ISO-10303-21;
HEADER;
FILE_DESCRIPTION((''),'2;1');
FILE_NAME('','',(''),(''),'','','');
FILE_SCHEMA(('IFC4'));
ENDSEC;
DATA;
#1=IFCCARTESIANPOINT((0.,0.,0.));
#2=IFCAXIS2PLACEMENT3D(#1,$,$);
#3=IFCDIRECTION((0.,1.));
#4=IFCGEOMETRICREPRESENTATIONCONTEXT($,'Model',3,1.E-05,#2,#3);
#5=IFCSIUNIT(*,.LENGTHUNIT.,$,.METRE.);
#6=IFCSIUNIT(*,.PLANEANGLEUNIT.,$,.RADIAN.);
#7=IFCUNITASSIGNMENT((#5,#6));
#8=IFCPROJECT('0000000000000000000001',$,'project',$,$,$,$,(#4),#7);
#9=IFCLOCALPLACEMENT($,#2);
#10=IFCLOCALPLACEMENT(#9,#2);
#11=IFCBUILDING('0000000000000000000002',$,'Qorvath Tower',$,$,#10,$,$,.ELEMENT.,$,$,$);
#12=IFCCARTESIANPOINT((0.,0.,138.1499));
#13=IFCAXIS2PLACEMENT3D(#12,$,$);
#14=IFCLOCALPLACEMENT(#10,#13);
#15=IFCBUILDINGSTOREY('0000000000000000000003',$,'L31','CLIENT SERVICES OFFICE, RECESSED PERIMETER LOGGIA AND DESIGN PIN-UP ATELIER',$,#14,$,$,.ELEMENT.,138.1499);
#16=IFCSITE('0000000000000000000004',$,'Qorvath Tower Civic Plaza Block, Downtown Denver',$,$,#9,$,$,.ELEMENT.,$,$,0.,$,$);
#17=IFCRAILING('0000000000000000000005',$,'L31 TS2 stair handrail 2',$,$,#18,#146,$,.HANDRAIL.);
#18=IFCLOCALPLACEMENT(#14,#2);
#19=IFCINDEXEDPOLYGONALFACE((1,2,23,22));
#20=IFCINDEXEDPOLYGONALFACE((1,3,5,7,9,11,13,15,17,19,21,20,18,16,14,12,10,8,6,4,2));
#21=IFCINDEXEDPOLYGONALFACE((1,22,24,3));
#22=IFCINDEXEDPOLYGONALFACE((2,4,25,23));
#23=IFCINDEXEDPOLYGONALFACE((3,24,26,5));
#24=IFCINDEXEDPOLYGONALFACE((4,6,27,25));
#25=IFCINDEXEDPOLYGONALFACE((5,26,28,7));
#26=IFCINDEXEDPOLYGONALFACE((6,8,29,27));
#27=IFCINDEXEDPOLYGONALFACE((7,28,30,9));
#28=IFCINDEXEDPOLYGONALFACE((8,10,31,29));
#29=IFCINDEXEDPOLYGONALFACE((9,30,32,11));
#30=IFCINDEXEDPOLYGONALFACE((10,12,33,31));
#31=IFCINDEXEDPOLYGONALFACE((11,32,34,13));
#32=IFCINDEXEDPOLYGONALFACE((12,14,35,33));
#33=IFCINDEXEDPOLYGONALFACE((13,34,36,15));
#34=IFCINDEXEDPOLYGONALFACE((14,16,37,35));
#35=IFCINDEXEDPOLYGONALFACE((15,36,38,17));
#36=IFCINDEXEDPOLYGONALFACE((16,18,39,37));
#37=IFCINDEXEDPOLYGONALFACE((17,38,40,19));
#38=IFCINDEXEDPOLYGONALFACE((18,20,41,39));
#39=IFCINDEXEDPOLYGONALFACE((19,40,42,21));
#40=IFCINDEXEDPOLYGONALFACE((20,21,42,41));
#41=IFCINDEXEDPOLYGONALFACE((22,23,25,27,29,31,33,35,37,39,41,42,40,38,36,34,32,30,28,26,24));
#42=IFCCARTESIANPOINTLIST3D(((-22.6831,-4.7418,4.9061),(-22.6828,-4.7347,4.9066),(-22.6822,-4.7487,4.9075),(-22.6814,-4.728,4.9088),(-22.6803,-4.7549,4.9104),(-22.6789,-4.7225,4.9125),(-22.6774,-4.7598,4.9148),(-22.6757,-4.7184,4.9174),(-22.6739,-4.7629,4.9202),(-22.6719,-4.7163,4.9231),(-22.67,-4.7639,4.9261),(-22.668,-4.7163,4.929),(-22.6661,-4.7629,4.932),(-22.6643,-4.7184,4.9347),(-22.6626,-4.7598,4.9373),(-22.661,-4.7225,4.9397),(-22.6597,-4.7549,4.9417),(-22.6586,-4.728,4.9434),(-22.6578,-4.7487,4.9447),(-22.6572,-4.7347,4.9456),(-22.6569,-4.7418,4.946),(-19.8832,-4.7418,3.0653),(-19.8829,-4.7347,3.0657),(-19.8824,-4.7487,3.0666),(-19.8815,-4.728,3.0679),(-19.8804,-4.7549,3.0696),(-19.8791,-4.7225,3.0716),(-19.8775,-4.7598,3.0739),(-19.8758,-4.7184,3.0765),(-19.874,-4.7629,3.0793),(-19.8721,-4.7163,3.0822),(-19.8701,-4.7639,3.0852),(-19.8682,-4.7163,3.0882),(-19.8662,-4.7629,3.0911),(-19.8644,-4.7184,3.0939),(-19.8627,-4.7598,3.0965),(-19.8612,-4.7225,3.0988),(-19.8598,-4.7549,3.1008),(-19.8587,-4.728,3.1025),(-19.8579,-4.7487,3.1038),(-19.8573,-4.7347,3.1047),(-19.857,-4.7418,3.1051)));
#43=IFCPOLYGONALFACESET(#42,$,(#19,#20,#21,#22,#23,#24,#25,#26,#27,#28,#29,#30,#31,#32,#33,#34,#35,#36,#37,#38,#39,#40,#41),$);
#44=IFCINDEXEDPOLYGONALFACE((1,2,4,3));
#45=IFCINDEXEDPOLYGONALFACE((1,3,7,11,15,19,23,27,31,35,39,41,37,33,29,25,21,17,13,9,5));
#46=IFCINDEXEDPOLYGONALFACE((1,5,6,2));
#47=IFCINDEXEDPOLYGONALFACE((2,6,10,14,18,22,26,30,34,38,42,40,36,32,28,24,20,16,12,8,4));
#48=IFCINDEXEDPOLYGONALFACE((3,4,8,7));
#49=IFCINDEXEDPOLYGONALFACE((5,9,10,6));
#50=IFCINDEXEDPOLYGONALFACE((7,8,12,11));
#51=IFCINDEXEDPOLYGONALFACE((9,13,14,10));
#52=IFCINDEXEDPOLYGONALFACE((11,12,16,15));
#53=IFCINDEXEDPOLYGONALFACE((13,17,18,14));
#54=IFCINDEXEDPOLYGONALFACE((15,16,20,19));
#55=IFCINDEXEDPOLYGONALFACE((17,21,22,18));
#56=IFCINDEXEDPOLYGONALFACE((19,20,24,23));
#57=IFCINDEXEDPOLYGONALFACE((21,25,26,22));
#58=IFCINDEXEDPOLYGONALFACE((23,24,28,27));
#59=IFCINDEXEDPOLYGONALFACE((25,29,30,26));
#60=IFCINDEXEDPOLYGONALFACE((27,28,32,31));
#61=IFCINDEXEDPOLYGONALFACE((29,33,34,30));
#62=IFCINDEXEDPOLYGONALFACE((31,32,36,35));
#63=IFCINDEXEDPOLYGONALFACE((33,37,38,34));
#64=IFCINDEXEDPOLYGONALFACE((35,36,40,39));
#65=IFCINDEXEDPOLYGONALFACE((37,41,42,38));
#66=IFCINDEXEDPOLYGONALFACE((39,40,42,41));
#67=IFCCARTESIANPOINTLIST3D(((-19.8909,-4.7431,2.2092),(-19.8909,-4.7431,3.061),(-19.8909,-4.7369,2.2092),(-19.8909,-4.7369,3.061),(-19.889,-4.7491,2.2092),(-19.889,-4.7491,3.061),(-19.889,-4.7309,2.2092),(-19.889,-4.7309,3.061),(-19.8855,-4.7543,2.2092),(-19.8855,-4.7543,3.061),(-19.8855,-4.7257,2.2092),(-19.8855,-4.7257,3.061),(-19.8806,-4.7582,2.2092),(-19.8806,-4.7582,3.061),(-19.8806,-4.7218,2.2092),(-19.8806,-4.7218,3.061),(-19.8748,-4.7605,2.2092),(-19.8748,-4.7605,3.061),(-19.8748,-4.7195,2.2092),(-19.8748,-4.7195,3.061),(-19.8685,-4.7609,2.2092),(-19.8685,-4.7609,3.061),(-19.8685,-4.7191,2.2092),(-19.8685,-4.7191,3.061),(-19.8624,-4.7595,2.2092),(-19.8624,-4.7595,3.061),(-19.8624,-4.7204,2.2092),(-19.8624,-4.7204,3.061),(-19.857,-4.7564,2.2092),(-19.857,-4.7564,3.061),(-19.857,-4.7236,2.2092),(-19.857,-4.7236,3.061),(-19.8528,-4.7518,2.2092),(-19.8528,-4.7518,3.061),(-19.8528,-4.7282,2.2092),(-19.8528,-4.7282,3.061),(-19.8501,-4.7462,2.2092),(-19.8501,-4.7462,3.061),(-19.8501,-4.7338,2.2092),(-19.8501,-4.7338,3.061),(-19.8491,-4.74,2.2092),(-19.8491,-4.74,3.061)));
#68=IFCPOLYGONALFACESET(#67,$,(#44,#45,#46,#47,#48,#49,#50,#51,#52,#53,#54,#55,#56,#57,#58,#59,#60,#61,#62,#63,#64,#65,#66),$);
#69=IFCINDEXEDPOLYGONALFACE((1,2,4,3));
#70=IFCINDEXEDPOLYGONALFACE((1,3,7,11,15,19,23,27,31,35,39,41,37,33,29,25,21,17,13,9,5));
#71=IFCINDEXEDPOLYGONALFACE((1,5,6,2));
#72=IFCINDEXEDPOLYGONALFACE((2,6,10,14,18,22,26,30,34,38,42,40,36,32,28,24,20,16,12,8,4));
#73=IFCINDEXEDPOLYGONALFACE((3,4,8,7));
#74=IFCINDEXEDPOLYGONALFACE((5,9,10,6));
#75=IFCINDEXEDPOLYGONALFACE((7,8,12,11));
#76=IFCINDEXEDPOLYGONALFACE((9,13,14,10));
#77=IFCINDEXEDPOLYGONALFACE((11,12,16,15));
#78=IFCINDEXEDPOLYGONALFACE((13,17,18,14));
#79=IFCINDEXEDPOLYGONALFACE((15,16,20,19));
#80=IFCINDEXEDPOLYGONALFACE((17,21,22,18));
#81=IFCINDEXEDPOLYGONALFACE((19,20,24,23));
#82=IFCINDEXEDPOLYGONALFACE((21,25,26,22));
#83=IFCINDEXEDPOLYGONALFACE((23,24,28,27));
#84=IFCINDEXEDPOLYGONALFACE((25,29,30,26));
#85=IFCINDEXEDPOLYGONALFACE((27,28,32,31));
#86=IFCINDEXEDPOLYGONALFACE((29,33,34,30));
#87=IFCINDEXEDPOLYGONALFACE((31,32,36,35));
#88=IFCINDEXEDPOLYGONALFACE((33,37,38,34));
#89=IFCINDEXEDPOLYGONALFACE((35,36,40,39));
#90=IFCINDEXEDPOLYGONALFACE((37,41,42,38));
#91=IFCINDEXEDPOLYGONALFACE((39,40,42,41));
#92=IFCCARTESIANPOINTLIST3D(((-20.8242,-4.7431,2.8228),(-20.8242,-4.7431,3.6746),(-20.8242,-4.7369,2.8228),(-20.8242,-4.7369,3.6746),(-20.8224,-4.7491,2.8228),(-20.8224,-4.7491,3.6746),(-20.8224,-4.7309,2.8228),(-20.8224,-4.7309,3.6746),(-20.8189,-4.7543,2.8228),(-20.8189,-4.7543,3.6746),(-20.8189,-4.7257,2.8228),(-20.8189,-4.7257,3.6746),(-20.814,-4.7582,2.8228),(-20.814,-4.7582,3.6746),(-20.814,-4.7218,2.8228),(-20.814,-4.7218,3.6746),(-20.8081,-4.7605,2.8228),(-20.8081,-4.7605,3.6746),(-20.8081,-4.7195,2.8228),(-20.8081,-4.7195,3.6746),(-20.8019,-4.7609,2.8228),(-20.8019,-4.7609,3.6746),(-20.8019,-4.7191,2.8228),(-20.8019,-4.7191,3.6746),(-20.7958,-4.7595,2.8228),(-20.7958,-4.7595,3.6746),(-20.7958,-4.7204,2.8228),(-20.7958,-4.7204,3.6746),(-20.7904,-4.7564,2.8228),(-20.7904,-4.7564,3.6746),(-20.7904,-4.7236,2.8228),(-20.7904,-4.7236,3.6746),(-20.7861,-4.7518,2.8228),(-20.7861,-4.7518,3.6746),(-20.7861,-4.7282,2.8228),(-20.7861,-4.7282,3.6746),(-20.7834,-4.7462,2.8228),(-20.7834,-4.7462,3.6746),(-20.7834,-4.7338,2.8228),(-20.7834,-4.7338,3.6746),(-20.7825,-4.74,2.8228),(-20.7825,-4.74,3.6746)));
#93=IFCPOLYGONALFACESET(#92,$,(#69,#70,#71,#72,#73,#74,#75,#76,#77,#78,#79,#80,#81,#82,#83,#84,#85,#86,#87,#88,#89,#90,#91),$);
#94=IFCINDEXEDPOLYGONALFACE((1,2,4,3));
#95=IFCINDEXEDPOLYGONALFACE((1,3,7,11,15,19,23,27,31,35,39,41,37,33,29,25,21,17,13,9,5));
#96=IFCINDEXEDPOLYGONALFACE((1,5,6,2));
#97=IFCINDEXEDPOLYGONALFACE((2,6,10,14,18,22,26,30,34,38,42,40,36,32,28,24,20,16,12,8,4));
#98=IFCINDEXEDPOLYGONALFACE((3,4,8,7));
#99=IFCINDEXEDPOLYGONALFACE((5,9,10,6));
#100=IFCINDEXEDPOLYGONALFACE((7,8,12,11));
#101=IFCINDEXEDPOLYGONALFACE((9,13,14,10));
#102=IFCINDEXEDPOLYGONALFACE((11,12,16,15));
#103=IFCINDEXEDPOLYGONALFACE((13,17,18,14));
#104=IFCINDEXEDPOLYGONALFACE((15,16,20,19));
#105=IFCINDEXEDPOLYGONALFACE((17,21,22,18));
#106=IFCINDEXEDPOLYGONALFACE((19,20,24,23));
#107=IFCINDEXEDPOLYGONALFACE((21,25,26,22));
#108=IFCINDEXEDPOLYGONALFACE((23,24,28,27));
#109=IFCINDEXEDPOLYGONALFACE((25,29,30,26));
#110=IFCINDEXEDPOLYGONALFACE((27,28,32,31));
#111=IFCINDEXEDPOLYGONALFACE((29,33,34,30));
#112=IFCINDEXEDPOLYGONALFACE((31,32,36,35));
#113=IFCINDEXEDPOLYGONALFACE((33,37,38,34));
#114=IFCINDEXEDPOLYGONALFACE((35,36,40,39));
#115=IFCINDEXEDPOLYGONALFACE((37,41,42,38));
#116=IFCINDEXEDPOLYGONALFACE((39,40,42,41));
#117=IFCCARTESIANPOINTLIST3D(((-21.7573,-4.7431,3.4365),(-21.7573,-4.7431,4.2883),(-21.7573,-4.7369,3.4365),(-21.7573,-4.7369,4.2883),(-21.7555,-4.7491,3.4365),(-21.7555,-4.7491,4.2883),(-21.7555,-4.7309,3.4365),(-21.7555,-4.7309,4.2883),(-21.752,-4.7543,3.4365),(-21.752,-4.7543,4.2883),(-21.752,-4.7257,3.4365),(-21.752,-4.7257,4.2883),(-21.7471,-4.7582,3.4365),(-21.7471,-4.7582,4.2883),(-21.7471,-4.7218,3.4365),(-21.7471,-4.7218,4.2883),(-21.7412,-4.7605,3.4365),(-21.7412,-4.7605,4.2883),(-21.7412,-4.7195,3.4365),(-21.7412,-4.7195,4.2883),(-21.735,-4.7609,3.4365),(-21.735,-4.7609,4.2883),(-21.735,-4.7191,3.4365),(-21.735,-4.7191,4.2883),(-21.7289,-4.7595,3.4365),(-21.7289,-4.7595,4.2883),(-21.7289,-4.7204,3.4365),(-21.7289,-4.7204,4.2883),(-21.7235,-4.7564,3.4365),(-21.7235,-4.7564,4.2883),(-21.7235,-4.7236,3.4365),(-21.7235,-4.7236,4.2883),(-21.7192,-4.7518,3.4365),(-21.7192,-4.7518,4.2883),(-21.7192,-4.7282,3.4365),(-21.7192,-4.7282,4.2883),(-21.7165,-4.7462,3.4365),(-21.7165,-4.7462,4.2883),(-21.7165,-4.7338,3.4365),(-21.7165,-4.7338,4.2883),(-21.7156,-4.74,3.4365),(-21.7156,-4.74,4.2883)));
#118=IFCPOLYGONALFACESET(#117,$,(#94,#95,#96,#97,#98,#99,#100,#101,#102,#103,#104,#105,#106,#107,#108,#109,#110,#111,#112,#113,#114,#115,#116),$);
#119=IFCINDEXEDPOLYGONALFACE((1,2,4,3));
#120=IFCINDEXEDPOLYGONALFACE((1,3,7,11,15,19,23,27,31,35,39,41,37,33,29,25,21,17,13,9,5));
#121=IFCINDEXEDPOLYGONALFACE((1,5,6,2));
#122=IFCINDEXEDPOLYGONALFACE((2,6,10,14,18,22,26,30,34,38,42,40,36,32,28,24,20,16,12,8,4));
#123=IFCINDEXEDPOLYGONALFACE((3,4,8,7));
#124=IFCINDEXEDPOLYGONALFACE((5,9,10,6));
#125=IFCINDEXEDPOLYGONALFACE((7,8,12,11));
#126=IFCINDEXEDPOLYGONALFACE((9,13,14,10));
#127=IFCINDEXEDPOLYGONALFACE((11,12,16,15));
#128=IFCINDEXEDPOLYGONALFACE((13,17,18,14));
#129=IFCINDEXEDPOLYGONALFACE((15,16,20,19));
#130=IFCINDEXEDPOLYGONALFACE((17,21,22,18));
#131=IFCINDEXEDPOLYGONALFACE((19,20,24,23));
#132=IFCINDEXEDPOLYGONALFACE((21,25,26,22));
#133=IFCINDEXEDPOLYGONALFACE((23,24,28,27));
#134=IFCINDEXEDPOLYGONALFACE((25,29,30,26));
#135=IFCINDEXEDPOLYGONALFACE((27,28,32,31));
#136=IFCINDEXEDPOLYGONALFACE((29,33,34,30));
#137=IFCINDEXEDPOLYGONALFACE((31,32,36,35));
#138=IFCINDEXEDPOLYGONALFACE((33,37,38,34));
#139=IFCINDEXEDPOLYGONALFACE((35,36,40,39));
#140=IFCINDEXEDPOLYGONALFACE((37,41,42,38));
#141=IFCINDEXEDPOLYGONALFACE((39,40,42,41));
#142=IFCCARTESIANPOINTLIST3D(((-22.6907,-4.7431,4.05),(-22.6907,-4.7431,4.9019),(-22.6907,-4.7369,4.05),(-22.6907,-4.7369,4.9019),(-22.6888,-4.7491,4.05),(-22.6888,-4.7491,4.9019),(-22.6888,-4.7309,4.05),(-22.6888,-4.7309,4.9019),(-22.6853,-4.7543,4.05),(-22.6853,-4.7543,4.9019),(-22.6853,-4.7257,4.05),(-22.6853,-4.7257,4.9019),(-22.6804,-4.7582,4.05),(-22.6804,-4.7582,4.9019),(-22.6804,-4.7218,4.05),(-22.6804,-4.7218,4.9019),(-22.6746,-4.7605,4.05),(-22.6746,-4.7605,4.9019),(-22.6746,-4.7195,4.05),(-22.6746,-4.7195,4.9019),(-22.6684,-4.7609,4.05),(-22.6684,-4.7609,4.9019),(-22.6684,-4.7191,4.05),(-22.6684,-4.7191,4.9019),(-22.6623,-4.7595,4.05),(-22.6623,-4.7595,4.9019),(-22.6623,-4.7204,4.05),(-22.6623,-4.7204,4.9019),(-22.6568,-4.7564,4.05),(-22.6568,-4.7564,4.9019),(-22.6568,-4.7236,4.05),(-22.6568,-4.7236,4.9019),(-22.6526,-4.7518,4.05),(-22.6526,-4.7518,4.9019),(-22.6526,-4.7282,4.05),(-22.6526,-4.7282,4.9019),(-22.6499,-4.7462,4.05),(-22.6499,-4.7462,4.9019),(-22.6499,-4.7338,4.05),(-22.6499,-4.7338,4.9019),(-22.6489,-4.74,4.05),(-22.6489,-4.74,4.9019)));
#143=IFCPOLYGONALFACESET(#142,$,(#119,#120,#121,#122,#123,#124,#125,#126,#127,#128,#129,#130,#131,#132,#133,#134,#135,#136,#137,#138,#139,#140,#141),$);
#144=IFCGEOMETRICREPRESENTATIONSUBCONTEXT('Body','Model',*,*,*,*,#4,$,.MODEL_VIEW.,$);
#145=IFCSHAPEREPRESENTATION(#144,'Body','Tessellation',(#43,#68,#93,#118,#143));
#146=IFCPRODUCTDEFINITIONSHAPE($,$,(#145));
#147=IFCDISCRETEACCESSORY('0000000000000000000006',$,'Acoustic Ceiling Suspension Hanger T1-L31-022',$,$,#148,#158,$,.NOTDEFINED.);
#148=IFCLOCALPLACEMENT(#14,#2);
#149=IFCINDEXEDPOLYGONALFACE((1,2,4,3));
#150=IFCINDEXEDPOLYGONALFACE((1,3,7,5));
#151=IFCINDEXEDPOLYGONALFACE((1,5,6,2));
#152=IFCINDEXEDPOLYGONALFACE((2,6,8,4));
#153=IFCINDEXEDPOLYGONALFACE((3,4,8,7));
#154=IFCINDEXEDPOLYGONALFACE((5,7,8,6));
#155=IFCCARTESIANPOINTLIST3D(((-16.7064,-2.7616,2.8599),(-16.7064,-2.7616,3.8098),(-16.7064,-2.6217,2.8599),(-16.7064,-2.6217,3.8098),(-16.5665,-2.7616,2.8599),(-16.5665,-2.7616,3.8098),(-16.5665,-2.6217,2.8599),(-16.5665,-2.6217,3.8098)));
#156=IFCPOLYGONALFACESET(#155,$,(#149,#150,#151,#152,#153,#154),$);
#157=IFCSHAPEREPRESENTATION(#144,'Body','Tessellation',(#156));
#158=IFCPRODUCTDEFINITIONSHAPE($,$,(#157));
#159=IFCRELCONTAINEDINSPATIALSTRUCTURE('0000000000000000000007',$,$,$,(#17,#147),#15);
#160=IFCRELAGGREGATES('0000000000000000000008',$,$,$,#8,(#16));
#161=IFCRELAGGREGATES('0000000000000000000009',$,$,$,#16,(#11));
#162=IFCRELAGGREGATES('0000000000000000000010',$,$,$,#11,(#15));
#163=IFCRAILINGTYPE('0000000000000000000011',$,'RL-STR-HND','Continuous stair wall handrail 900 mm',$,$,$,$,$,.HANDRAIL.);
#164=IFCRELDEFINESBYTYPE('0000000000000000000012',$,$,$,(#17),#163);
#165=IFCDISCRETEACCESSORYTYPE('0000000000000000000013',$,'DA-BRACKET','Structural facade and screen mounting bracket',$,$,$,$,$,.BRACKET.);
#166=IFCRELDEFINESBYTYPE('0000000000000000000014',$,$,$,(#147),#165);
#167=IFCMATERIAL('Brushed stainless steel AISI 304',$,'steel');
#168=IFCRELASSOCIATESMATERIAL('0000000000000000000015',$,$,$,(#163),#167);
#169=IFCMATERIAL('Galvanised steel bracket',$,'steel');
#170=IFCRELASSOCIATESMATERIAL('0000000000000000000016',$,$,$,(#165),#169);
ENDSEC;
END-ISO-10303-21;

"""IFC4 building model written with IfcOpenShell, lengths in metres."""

from ifc_helpers import new_model, si_unit, direction, frame, origin, origin_2d, place, context, subcontext, project, spatial, rectangle, circle, extrude, material, type_object, element, save


model = new_model("IFC4")

# Units and contexts
model_context = context("Model", 3, precision=1e-05, world=origin(), true_north=direction((0.0, 1.0)))
body_context = subcontext(model_context, "Body", "Model", "MODEL_VIEW")
ifc_project = project(units=[si_unit("LENGTHUNIT", "METRE"), si_unit("PLANEANGLEUNIT", "RADIAN")], contexts=[model_context])

# Site, building, storey
site_placement = place(None, origin())
site = spatial("IfcSite", under=ifc_project, at=site_placement, Name="Qorvath Tower Civic Plaza Block, Downtown Denver", CompositionType="ELEMENT", RefElevation=0.0)
building_placement = place(site_placement, origin())
building = spatial("IfcBuilding", under=site, at=building_placement, Name="Qorvath Tower", CompositionType="ELEMENT")
storey_placement = place(building_placement, frame((0.0, 0.0, 138.1499)))
storey = spatial("IfcBuildingStorey", under=building, at=storey_placement, Name="L31", Description="CLIENT SERVICES OFFICE, RECESSED PERIMETER LOGGIA AND DESIGN PIN-UP ATELIER", CompositionType="ELEMENT", Elevation=138.1499)

# Railing
ifc_material_1 = material(Name="Brushed stainless steel AISI 304", Category="steel")
railing_type_1 = type_object("IfcRailingType", Name="RL-STR-HND", Description="Continuous stair wall handrail 900 mm", PredefinedType="HANDRAIL", material=ifc_material_1)
railing_1_placement = place(storey_placement, frame((-19.8701, -4.74, 2.2092)))
element("IfcRailing", 1, at=railing_1_placement, inside=storey, type_object=railing_type_1, Name="L31 TS2 stair handrail 2", PredefinedType="HANDRAIL", context=body_context, shape_type="SweptSolid", body=[
    extrude(circle(Radius=0.0239, at=origin_2d()), frame((0.0, 0.0, 0.876), z_axis=(-0.835576, 0.0, 0.549376), x_axis=(0.0, -1.0, 0.0)), (0.0, 0.0, 1.0), 3.3508),
    extrude(circle(Radius=0.021, at=origin_2d()), origin(), (0.0, 0.0, 1.0), 0.8518),
    extrude(circle(Radius=0.021, at=origin_2d()), frame((-0.9333, 0.0, 0.6135)), (0.0, 0.0, 1.0), 0.8518),
    extrude(circle(Radius=0.021, at=origin_2d()), frame((-1.8665, 0.0, 1.2273)), (0.0, 0.0, 1.0), 0.8518),
    extrude(circle(Radius=0.021, at=origin_2d()), frame((-2.7998, 0.0, 1.8408)), (0.0, 0.0, 1.0), 0.8518),
])

# Discrete accessory
ifc_material_2 = material(Name="Galvanised steel bracket", Category="steel")
discrete_accessory_type = type_object("IfcDiscreteAccessoryType", Name="DA-BRACKET", Description="Structural facade and screen mounting bracket", PredefinedType="BRACKET", material=ifc_material_2)
discrete_accessory_placement = place(storey_placement, frame((-16.6365, -2.6917, 2.8599), z_axis=(0.0, 0.0, 1.0), x_axis=(1.0, 0.0, 0.0)))
element("IfcDiscreteAccessory", 2, at=discrete_accessory_placement, inside=storey, type_object=discrete_accessory_type, Name="Acoustic Ceiling Suspension Hanger T1-L31-022", PredefinedType="NOTDEFINED", context=body_context, shape_type="SweptSolid", body=[
    extrude(rectangle(XDim=0.1399, YDim=0.1399, at=origin_2d()), origin(), (0.0, 0.0, 1.0), 0.95),
])

save(model, "model.ifc")
